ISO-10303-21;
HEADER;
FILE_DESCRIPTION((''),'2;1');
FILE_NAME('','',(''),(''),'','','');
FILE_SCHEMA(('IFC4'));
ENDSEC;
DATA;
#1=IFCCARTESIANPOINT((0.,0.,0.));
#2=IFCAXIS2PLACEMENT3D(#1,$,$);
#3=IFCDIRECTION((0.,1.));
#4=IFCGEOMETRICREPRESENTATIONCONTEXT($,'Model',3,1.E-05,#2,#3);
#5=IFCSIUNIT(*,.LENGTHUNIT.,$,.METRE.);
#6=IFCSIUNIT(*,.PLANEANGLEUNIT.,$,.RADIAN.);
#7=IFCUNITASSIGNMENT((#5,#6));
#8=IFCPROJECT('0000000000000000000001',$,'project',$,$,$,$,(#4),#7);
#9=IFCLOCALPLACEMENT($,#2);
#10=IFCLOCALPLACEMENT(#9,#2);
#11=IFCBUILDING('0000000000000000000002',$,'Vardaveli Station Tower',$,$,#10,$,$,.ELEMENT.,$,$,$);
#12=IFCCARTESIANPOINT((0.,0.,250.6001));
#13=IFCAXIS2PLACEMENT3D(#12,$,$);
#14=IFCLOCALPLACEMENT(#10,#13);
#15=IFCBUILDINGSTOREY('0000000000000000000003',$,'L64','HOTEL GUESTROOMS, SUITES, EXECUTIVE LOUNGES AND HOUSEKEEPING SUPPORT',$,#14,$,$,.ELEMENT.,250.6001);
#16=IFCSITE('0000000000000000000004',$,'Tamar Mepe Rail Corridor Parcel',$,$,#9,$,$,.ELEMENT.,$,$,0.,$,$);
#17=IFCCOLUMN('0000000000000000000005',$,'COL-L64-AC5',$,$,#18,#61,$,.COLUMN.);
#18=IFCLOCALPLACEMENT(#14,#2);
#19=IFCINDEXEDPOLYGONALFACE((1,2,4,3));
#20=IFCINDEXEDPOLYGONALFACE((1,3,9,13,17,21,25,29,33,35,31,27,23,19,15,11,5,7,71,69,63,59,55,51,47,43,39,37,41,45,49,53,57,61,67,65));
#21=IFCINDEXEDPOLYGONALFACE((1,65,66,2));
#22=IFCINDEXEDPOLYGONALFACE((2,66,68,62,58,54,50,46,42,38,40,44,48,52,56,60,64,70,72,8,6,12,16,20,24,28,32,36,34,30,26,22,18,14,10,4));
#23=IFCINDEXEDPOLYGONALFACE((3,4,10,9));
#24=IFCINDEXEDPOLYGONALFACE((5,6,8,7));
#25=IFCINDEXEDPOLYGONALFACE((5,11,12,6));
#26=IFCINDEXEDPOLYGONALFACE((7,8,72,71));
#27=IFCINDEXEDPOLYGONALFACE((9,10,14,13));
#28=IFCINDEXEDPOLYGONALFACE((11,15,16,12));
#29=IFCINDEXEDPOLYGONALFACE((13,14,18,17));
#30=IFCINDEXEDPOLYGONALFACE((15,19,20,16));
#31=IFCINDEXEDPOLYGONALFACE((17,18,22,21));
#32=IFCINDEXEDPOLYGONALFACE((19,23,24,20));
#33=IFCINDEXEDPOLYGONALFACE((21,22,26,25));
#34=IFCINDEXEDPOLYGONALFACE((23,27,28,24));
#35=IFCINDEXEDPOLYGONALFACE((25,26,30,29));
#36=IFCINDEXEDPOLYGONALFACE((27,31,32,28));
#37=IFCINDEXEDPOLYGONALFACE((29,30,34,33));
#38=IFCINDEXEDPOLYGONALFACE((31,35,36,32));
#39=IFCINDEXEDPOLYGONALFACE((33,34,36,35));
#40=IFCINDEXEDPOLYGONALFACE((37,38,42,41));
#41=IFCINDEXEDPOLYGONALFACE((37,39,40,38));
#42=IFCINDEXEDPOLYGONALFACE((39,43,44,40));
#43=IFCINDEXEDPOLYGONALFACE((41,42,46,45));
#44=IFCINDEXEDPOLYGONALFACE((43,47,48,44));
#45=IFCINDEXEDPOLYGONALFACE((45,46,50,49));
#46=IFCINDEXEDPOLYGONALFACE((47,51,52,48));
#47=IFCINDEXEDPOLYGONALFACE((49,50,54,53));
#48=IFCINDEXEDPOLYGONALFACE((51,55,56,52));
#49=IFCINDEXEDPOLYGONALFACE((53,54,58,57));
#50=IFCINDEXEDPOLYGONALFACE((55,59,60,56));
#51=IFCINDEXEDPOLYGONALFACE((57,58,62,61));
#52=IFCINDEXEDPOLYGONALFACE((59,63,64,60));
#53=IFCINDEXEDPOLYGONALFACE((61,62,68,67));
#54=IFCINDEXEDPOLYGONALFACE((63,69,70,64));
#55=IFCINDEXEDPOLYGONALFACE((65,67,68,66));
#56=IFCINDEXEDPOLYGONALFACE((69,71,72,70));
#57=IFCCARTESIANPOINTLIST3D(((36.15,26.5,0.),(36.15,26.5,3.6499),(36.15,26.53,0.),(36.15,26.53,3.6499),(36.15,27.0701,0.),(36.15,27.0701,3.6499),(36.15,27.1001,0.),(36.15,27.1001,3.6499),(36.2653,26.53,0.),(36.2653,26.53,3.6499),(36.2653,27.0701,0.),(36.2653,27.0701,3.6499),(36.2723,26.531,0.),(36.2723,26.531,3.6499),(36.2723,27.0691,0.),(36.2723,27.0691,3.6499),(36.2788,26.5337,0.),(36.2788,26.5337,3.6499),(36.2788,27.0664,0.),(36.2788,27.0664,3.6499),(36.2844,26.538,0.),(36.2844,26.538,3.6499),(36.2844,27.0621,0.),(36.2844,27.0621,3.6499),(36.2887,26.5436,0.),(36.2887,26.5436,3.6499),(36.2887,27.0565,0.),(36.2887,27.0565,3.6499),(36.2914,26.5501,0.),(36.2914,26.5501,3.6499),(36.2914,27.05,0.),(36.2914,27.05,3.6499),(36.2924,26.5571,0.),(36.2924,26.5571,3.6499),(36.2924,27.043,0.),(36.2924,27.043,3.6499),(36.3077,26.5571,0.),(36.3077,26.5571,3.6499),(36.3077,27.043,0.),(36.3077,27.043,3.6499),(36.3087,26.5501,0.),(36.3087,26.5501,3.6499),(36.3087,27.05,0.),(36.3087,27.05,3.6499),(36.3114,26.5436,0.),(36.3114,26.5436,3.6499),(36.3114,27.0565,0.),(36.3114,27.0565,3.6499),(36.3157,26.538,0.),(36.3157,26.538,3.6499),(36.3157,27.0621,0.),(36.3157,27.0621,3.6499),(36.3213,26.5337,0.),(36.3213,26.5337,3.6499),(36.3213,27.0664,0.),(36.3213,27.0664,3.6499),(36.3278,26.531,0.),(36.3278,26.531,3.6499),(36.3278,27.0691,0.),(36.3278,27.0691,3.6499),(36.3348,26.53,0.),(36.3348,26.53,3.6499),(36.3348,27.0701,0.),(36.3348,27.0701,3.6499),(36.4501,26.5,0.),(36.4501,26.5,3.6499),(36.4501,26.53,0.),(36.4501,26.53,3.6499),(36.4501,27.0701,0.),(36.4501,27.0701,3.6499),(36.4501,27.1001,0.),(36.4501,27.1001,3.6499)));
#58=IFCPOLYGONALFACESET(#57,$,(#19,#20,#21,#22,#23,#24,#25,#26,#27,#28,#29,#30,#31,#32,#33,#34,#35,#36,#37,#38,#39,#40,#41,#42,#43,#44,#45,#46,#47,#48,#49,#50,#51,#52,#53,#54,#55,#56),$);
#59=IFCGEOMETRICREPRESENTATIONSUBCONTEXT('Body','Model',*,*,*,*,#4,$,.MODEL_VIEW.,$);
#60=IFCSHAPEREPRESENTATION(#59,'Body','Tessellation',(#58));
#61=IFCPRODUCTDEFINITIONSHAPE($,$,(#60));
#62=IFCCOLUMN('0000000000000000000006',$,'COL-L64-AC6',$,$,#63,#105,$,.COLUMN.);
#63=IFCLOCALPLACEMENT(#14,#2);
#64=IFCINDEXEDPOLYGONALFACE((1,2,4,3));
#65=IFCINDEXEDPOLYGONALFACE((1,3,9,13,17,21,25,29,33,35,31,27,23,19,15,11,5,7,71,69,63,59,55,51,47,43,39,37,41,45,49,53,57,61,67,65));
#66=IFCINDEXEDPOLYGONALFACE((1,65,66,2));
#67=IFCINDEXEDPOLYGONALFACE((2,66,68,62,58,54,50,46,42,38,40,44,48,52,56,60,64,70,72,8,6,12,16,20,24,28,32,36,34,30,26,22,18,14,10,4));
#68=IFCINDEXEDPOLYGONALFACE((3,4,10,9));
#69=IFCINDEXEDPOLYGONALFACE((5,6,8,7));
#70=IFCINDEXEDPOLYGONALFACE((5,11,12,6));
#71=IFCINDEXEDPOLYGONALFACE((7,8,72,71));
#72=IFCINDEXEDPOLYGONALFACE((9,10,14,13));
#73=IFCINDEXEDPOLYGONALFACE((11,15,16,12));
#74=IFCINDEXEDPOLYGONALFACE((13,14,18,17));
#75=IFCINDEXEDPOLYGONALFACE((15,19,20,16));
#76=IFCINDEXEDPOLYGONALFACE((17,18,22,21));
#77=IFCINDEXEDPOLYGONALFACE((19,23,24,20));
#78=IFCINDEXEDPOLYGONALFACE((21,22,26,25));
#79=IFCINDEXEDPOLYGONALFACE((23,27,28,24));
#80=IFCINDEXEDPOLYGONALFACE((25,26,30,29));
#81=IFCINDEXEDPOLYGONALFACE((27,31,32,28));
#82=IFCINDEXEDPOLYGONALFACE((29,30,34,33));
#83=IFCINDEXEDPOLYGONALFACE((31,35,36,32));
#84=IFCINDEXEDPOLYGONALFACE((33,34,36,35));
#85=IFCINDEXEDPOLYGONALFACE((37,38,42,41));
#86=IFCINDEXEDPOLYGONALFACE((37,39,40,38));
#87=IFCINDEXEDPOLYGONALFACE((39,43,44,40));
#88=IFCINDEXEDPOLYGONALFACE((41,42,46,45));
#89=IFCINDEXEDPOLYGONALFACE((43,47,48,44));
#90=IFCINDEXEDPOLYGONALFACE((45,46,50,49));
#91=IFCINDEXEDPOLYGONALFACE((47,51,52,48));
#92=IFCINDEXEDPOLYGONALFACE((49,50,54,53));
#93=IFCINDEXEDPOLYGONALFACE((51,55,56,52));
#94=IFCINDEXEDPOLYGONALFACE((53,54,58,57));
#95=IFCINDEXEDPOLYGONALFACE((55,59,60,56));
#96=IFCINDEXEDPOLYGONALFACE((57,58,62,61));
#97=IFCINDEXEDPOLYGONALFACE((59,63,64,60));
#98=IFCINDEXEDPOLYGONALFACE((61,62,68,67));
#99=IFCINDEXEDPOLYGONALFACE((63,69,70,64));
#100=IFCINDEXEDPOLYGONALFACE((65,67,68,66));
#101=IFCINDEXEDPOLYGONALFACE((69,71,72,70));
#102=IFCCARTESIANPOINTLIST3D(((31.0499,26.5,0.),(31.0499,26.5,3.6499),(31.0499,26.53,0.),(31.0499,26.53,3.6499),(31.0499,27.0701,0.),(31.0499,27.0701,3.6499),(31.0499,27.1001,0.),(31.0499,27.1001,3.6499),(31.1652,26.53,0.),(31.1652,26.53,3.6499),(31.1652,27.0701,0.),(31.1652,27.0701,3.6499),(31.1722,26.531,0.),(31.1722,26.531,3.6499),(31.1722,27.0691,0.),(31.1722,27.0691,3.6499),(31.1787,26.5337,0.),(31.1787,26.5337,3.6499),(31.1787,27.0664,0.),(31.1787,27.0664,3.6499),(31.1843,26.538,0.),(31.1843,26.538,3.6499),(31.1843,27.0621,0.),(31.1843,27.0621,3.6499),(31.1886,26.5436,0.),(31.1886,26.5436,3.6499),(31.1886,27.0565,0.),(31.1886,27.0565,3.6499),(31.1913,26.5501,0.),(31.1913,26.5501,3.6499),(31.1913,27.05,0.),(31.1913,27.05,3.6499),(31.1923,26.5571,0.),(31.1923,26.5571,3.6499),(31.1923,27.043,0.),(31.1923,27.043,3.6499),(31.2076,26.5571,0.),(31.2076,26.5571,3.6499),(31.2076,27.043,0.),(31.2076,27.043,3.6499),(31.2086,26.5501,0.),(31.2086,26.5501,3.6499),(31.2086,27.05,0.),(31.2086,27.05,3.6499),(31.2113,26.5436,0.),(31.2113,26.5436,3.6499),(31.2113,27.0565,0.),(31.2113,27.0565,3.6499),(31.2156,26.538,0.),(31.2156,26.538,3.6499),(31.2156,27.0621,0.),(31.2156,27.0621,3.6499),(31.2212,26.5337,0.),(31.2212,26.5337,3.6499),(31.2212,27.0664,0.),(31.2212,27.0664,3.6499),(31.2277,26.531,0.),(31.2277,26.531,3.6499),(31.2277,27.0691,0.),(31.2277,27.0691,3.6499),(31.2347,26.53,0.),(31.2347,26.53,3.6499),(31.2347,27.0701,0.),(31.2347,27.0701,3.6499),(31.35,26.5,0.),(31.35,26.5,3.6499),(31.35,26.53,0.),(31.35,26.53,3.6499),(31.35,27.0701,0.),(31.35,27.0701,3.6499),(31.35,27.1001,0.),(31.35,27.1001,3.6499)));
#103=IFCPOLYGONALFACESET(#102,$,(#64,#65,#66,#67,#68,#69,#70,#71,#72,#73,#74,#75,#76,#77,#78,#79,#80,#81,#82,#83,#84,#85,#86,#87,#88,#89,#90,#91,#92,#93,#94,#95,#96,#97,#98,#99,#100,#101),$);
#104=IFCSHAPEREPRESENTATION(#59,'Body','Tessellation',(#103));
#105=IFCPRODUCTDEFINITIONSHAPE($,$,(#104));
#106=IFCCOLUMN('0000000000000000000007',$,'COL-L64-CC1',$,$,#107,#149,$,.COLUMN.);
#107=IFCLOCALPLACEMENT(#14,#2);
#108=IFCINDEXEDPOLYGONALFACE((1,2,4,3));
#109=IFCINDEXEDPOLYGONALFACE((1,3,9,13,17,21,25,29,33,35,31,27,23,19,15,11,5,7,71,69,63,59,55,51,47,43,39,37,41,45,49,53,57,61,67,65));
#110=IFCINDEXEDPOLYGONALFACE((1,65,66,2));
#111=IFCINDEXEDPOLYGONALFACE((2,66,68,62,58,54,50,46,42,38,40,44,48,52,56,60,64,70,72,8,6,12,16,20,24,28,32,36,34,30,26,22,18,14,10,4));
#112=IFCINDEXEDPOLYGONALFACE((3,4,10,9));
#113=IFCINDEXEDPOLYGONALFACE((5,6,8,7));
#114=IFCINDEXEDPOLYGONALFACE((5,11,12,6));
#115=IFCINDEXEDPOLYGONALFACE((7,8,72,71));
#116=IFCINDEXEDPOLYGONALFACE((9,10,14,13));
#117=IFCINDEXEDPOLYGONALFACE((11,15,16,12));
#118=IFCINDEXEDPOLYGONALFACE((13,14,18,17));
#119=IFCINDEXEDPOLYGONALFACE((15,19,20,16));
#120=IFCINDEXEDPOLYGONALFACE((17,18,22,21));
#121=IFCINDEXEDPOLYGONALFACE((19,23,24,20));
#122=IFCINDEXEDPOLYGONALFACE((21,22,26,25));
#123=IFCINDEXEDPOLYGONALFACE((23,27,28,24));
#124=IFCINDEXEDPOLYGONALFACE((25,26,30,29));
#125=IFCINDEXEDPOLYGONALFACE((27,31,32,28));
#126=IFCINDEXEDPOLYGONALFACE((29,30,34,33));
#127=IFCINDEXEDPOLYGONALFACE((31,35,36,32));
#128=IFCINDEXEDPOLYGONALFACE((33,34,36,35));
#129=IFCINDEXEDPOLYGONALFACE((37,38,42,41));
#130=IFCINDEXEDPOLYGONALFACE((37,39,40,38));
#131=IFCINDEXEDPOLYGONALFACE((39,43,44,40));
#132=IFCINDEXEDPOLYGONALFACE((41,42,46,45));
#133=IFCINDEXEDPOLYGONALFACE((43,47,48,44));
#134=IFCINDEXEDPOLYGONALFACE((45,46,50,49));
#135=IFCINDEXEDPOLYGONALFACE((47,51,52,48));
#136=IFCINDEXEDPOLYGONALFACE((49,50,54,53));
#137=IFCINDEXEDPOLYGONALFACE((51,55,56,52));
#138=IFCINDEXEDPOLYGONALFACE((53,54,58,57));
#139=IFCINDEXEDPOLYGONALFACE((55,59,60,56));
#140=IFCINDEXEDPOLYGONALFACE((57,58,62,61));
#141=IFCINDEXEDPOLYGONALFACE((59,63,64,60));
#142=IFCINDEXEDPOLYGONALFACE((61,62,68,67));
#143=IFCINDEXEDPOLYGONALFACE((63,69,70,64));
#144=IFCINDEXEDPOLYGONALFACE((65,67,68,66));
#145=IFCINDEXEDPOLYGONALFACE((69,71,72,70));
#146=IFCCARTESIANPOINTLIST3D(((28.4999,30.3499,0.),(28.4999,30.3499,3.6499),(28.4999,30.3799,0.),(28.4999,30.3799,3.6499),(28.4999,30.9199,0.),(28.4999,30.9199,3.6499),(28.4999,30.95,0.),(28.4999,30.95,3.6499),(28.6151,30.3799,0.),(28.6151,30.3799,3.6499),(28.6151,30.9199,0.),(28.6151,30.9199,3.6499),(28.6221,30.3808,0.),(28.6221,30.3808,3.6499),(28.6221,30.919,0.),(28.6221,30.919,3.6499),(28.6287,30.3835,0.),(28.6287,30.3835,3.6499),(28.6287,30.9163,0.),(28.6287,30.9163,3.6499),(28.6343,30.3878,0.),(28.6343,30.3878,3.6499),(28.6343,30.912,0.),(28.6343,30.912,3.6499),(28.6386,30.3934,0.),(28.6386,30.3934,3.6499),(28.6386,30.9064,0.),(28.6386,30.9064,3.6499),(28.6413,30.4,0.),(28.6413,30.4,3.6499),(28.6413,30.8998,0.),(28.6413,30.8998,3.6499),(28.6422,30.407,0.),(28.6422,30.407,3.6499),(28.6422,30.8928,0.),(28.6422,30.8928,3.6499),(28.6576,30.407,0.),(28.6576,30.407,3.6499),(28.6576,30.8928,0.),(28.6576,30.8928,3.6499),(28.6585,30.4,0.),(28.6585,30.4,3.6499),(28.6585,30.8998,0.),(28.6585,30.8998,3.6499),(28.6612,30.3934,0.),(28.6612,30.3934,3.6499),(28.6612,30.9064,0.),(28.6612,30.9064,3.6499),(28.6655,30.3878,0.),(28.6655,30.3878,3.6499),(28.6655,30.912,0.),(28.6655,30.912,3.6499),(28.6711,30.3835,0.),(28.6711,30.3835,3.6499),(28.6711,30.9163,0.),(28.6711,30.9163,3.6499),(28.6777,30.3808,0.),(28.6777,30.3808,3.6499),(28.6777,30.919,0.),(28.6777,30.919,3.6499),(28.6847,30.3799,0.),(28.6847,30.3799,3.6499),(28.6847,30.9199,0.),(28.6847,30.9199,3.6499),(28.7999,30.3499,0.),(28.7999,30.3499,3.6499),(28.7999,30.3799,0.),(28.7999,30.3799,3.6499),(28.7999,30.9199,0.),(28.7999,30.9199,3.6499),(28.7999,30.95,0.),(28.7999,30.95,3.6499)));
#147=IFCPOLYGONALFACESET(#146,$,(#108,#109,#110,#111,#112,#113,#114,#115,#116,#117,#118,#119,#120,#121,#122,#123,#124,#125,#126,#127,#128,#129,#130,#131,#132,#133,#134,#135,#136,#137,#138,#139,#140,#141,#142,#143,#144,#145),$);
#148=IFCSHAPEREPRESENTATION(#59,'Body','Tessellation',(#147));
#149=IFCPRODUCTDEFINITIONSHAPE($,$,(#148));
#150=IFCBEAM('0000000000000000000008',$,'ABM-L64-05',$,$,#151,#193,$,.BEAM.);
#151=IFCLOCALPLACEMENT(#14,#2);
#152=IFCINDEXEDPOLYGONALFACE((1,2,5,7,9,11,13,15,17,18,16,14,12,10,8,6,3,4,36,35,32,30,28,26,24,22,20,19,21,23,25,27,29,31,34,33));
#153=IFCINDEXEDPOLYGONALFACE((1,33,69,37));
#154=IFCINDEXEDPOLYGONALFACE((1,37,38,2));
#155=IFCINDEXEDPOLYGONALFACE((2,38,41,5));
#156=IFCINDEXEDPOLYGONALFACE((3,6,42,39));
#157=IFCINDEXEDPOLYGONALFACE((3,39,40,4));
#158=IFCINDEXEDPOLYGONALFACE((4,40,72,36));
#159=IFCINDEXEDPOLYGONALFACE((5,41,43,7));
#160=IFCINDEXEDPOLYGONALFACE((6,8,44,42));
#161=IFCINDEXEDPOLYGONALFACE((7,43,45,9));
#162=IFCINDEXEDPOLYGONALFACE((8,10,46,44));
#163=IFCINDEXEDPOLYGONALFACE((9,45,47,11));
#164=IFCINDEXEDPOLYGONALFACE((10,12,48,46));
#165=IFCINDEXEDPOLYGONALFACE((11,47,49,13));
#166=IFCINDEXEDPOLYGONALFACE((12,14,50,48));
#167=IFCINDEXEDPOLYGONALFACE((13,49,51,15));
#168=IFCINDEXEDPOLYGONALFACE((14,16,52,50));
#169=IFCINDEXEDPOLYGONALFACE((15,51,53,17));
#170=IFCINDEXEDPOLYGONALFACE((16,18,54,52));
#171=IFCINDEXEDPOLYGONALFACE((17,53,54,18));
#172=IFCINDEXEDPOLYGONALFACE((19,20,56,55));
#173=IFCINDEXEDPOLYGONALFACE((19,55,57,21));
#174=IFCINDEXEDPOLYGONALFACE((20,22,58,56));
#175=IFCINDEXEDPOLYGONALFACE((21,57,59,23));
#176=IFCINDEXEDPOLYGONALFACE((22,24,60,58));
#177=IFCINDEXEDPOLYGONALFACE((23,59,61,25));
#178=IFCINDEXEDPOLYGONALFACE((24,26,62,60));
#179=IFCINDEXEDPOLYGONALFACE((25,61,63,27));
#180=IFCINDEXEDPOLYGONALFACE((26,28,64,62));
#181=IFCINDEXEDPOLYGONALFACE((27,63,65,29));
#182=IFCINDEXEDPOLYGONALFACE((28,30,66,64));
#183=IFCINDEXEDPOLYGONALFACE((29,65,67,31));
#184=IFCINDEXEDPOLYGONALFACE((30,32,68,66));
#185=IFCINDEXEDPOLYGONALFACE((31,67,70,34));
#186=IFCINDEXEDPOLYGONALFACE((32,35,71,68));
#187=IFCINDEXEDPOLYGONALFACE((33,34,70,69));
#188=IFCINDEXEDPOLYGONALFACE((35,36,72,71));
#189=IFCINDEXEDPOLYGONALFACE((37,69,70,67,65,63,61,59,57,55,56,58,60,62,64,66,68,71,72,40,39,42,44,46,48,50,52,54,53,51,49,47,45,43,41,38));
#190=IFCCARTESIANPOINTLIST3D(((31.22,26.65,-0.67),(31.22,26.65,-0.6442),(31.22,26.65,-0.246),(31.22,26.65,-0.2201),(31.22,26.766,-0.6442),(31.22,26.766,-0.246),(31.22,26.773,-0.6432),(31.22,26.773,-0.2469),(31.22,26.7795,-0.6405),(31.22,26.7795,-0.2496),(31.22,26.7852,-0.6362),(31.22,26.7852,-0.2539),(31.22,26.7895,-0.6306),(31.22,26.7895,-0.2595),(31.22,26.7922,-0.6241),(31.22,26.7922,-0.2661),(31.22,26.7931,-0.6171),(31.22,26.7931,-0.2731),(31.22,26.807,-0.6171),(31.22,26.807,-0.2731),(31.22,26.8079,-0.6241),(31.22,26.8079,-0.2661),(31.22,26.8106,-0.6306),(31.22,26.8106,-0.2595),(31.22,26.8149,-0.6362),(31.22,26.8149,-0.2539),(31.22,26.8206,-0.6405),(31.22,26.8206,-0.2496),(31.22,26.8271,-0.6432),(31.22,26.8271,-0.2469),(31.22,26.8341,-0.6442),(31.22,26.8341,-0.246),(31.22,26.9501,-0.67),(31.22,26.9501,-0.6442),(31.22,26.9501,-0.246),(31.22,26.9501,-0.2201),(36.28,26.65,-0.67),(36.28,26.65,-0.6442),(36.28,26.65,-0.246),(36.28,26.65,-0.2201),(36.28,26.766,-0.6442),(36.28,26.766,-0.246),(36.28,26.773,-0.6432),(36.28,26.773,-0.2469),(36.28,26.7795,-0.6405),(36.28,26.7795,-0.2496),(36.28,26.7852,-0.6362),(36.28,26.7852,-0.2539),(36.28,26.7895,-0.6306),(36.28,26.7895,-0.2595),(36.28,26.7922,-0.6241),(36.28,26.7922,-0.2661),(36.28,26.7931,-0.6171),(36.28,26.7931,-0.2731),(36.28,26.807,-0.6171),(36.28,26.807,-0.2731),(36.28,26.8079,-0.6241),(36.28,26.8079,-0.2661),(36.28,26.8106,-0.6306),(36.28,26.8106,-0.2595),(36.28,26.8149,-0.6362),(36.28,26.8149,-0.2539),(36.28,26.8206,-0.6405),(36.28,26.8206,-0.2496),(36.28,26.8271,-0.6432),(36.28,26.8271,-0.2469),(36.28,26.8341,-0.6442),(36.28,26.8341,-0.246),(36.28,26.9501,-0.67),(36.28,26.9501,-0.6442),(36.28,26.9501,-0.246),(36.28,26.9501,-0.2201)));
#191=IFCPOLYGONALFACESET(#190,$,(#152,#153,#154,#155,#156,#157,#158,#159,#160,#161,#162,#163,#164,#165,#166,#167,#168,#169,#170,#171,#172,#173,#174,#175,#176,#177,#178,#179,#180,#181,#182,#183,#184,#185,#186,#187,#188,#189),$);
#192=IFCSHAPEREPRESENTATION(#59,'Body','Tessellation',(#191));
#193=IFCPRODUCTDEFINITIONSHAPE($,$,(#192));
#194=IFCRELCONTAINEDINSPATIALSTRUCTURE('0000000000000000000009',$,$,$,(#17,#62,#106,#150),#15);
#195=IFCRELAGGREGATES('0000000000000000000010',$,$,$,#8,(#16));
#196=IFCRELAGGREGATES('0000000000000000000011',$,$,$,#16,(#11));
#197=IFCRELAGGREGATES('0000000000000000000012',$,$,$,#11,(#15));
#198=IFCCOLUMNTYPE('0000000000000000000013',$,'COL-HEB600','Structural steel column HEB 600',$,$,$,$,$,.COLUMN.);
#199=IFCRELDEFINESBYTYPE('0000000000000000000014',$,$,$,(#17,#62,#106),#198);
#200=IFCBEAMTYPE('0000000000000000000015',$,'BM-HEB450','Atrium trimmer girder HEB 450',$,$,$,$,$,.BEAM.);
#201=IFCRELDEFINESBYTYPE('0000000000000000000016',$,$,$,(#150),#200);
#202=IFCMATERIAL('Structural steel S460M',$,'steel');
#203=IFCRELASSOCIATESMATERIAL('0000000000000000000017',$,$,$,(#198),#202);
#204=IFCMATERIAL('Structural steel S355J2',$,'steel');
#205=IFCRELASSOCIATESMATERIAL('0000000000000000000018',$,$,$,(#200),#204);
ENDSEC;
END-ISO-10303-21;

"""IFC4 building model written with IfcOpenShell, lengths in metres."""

from ifc_helpers import new_model, si_unit, direction, frame, origin, origin_2d, place, context, subcontext, project, spatial, i_section, extrude, source, transform, mapped, material, material_profile, profile_set, type_object, element, save


model = new_model("IFC4")

# Units and contexts
model_context = context("Model", 3, precision=1e-05, world=origin(), true_north=direction((0.0, 1.0)))
body_context = subcontext(model_context, "Body", "Model", "MODEL_VIEW")
ifc_project = project(units=[si_unit("LENGTHUNIT", "METRE"), si_unit("PLANEANGLEUNIT", "RADIAN")], contexts=[model_context])

# Site, building, storey
site_placement = place(None, origin())
site = spatial("IfcSite", under=ifc_project, at=site_placement, Name="Tamar Mepe Rail Corridor Parcel", CompositionType="ELEMENT", RefElevation=0.0)
building_placement = place(site_placement, origin())
building = spatial("IfcBuilding", under=site, at=building_placement, Name="Vardaveli Station Tower", CompositionType="ELEMENT")
storey_placement = place(building_placement, frame((0.0, 0.0, 250.6001)))
storey = spatial("IfcBuildingStorey", under=building, at=storey_placement, Name="L64", Description="HOTEL GUESTROOMS, SUITES, EXECUTIVE LOUNGES AND HOUSEKEEPING SUPPORT", CompositionType="ELEMENT", Elevation=250.6001)

# Columns
ifc_material_1 = material(Name="Structural steel S460M", Category="steel")
ifc_material_profile_1 = material_profile(ifc_material_1, i_section(OverallWidth=0.3, OverallDepth=0.6001, WebThickness=0.0154, FlangeThickness=0.03, FilletRadius=0.0271, at=origin_2d()), Name="HEB 600")
ifc_profile_set_1 = profile_set([ifc_material_profile_1], Name="Structural steel S460M")
column_type = type_object("IfcColumnType", Name="COL-HEB600", Description="Structural steel column HEB 600", PredefinedType="COLUMN", material=ifc_profile_set_1)
shared_shape_1 = source(origin(), body_context, "Body", "SweptSolid", [
    extrude(i_section(OverallWidth=0.3, OverallDepth=0.6001, WebThickness=0.0154, FlangeThickness=0.03, FilletRadius=0.0271, at=origin_2d()), origin(), (0.0, 0.0, 1.0), 3.6499),
])
for number, where, z_axis, x_axis, name in (
    (1, (36.3, 26.8, 0.0), (0.0, 0.0, 1.0), (1.0, 0.0, 0.0), "COL-L64-AC5"),
    (2, (31.2, 26.8, 0.0), (0.0, 0.0, 1.0), (1.0, 0.0, 0.0), "COL-L64-AC6"),
    (3, (28.6499, 30.6499, 0.0), (0.0, 0.0, 1.0), (1.0, 0.0, 0.0), "COL-L64-CC1"),
):
    element("IfcColumn", number, at=place(storey_placement, frame(where, z_axis=z_axis, x_axis=x_axis)), inside=storey, type_object=column_type, Name=name, PredefinedType="COLUMN", context=body_context, shape_type="MappedRepresentation", body=[
        mapped(shared_shape_1, transform((0.0, 0.0, 0.0), scale=1.0)),
    ])

# Beam
ifc_material_2 = material(Name="Structural steel S355J2", Category="steel")
ifc_material_profile_2 = material_profile(ifc_material_2, i_section(OverallWidth=0.3, OverallDepth=0.45, WebThickness=0.0139, FlangeThickness=0.0259, FilletRadius=0.0271, at=origin_2d()), Name="HEB 450")
ifc_profile_set_2 = profile_set([ifc_material_profile_2], Name="Structural steel S355J2")
beam_type_1 = type_object("IfcBeamType", Name="BM-HEB450", Description="Atrium trimmer girder HEB 450", PredefinedType="BEAM", material=ifc_profile_set_2)
shared_shape_2 = source(origin(), body_context, "Body", "SweptSolid", [
    extrude(i_section(OverallWidth=0.3, OverallDepth=0.45, WebThickness=0.0139, FlangeThickness=0.0259, FilletRadius=0.0271, at=origin_2d()), origin(), (0.0, 0.0, 1.0), 5.0601),
])
beam_1_placement = place(storey_placement, frame((36.28, 26.8, -0.4451), z_axis=(-1.0, 0.0, 0.0), x_axis=(0.0, -1.0, 0.0)))
element("IfcBeam", 4, at=beam_1_placement, inside=storey, type_object=beam_type_1, Name="ABM-L64-05", PredefinedType="BEAM", context=body_context, shape_type="MappedRepresentation", body=[
    mapped(shared_shape_2, transform((0.0, 0.0, 0.0), scale=1.0)),
])

save(model, "model.ifc")
